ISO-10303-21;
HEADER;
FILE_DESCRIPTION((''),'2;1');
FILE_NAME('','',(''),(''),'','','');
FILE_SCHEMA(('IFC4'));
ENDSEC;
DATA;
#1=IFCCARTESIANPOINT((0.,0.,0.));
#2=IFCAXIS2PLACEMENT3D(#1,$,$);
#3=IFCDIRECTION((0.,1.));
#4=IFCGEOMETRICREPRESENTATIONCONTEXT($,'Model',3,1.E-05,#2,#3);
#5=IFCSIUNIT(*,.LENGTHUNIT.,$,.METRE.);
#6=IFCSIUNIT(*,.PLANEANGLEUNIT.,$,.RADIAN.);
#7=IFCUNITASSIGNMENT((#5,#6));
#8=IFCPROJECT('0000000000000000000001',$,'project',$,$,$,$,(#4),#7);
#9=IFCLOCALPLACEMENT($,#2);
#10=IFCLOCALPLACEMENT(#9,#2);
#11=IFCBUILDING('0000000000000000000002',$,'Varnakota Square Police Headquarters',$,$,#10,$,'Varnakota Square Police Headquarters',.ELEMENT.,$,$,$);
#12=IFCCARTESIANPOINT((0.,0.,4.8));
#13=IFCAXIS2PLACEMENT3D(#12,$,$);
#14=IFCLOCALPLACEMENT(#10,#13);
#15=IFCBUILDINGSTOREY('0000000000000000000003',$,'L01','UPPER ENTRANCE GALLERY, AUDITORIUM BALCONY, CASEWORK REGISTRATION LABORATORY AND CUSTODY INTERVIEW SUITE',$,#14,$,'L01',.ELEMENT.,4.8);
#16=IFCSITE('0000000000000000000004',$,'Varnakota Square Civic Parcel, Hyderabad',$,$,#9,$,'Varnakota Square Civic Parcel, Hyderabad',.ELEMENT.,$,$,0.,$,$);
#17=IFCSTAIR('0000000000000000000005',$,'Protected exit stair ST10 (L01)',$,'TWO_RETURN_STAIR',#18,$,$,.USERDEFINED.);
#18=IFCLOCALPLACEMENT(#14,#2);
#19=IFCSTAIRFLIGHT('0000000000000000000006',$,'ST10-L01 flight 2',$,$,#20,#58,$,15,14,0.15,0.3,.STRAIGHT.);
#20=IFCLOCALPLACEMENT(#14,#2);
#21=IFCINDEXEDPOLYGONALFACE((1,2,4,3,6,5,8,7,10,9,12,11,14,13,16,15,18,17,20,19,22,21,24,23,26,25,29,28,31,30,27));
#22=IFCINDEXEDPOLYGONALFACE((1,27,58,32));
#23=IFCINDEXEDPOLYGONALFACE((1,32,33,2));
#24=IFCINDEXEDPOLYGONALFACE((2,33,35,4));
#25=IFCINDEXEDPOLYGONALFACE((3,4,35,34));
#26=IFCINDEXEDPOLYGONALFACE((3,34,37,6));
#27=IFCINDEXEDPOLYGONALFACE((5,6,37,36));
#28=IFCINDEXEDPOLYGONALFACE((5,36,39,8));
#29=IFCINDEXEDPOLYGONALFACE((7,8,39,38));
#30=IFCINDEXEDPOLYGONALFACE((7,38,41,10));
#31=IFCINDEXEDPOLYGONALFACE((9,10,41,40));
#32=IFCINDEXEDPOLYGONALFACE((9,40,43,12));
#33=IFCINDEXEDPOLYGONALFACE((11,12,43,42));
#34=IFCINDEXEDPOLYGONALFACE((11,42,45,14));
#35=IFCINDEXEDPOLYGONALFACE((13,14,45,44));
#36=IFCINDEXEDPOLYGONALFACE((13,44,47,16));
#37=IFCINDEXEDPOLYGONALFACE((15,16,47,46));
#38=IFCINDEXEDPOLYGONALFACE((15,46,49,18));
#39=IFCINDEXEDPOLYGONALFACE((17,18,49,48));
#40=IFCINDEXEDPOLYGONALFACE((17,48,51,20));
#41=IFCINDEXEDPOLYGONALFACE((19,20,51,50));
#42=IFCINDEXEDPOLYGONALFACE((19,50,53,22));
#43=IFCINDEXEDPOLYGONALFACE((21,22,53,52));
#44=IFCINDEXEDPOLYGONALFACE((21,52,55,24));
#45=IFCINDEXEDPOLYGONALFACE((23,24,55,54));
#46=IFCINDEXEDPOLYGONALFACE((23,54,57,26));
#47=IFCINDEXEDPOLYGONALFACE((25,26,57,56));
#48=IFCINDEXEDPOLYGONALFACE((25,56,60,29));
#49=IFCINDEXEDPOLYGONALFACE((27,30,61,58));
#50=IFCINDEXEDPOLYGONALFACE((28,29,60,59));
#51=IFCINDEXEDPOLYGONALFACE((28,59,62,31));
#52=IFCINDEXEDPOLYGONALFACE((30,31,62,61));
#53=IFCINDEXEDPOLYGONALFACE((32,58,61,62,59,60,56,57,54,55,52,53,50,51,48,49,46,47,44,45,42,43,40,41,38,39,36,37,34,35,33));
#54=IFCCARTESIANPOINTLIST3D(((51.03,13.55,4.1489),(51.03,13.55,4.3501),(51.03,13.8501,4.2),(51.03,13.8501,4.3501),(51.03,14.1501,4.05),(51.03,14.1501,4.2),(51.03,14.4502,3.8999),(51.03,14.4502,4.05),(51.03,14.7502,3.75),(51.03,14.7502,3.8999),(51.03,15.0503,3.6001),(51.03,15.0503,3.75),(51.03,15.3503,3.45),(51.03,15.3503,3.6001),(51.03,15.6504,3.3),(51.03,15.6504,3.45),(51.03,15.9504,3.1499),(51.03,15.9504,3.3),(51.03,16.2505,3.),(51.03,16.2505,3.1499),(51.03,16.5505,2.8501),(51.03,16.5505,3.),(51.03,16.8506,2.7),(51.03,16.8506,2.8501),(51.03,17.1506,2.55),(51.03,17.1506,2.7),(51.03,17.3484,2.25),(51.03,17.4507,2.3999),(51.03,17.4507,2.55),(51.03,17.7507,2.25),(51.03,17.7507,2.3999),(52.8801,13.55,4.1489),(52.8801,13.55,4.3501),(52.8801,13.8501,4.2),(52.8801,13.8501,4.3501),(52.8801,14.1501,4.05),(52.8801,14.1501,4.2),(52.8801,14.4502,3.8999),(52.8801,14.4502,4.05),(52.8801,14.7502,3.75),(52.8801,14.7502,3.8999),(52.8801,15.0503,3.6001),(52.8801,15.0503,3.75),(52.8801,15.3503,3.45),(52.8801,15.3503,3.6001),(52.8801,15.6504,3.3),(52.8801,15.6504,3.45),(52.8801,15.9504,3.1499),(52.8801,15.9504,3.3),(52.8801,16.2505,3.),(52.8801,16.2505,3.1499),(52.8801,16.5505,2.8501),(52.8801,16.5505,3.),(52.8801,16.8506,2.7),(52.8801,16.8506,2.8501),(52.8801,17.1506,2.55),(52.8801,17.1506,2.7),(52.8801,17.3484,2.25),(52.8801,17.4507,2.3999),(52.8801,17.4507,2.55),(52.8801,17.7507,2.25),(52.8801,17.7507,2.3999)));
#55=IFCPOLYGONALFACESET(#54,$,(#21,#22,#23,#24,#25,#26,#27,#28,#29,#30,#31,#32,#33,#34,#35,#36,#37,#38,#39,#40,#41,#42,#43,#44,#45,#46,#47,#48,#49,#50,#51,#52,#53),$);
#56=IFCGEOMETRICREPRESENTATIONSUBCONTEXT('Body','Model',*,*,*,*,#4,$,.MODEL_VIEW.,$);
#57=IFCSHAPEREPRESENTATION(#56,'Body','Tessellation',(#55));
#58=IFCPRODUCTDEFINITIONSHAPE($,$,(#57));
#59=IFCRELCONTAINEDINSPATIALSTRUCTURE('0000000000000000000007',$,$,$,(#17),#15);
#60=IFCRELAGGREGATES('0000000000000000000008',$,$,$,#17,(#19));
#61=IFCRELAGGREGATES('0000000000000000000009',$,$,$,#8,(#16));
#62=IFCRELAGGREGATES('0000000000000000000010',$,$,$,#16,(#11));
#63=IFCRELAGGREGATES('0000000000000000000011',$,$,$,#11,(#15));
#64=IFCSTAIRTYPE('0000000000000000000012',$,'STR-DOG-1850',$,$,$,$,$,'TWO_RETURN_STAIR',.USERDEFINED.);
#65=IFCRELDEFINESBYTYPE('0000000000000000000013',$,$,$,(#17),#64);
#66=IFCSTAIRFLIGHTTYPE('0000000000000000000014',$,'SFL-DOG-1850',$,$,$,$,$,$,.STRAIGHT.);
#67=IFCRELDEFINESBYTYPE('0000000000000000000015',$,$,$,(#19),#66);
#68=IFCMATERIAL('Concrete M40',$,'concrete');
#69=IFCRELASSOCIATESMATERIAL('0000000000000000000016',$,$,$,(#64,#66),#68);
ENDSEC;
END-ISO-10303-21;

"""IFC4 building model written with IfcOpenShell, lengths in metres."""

from ifc_helpers import new_model, si_unit, direction, frame, origin, place, context, subcontext, project, spatial, polyline, outline, extrude, material, type_object, element, aggregate, save


model = new_model("IFC4")

# Units and contexts
model_context = context("Model", 3, precision=1e-05, world=origin(), true_north=direction((0.0, 1.0)))
body_context = subcontext(model_context, "Body", "Model", "MODEL_VIEW")
ifc_project = project(units=[si_unit("LENGTHUNIT", "METRE"), si_unit("PLANEANGLEUNIT", "RADIAN")], contexts=[model_context])

# Site, building, storey
site_placement = place(None, origin())
site = spatial("IfcSite", under=ifc_project, at=site_placement, Name="Varnakota Square Civic Parcel, Hyderabad", LongName="Varnakota Square Civic Parcel, Hyderabad", CompositionType="ELEMENT", RefElevation=0.0)
building_placement = place(site_placement, origin())
building = spatial("IfcBuilding", under=site, at=building_placement, Name="Varnakota Square Police Headquarters", LongName="Varnakota Square Police Headquarters", CompositionType="ELEMENT")
storey_placement = place(building_placement, frame((0.0, 0.0, 4.8)))
storey = spatial("IfcBuildingStorey", under=building, at=storey_placement, Name="L01", Description="UPPER ENTRANCE GALLERY, AUDITORIUM BALCONY, CASEWORK REGISTRATION LABORATORY AND CUSTODY INTERVIEW SUITE", LongName="L01", CompositionType="ELEMENT", Elevation=4.8)

# Stair, stair flight
ifc_material_1 = material(Name="Concrete M40", Category="concrete")
stair_type = type_object("IfcStairType", Name="STR-DOG-1850", ElementType="TWO_RETURN_STAIR", PredefinedType="USERDEFINED", material=ifc_material_1)
stair_placement = place(storey_placement, origin())
stair = element("IfcStair", 1, at=stair_placement, inside=storey, type_object=stair_type, Name="Protected exit stair ST10 (L01)", ObjectType="TWO_RETURN_STAIR", PredefinedType="USERDEFINED")
stair_flight_type = type_object("IfcStairFlightType", Name="SFL-DOG-1850", PredefinedType="STRAIGHT", material=ifc_material_1)
stair_flight_placement = place(storey_placement, frame((51.9551, 17.7507, 2.25), z_axis=(0.0, 0.0, 1.0), x_axis=(0.0, -1.0, 0.0)))
stair_flight = element("IfcStairFlight", 2, at=stair_flight_placement, type_object=stair_flight_type, Name="ST10-L01 flight 2", NumberOfRisers=15, NumberOfTreads=14, PredefinedType="STRAIGHT", RiserHeight=0.15, TreadLength=0.3, context=body_context, shape_type="SweptSolid", body=[
    extrude(outline(polyline([(0.0, 0.0), (0.0, 0.1499), (0.3, 0.1499), (0.3, 0.3), (0.6001, 0.3), (0.6001, 0.45), (0.9001, 0.45), (0.9001, 0.6001), (1.2002, 0.6001), (1.2002, 0.75), (1.5002, 0.75), (1.5002, 0.8999), (1.8003, 0.8999), (1.8003, 1.05), (2.1003, 1.05), (2.1003, 1.2), (2.4004, 1.2), (2.4004, 1.3501), (2.7004, 1.3501), (2.7004, 1.5), (3.0005, 1.5), (3.0005, 1.6499), (3.3005, 1.6499), (3.3005, 1.8), (3.6006, 1.8), (3.6006, 1.95), (3.9006, 1.95), (3.9006, 2.1001), (4.2007, 2.1001), (4.2007, 2.25), (4.2007, 1.8989), (0.4023, 0.0), (0.0, 0.0)])), frame((0.0, 0.925, 0.0), z_axis=(0.0, -1.0, 0.0), x_axis=(1.0, 0.0, 0.0)), (0.0, 0.0, 1.0), 1.8501),
])
aggregate(stair, [stair_flight])

save(model, "model.ifc")
